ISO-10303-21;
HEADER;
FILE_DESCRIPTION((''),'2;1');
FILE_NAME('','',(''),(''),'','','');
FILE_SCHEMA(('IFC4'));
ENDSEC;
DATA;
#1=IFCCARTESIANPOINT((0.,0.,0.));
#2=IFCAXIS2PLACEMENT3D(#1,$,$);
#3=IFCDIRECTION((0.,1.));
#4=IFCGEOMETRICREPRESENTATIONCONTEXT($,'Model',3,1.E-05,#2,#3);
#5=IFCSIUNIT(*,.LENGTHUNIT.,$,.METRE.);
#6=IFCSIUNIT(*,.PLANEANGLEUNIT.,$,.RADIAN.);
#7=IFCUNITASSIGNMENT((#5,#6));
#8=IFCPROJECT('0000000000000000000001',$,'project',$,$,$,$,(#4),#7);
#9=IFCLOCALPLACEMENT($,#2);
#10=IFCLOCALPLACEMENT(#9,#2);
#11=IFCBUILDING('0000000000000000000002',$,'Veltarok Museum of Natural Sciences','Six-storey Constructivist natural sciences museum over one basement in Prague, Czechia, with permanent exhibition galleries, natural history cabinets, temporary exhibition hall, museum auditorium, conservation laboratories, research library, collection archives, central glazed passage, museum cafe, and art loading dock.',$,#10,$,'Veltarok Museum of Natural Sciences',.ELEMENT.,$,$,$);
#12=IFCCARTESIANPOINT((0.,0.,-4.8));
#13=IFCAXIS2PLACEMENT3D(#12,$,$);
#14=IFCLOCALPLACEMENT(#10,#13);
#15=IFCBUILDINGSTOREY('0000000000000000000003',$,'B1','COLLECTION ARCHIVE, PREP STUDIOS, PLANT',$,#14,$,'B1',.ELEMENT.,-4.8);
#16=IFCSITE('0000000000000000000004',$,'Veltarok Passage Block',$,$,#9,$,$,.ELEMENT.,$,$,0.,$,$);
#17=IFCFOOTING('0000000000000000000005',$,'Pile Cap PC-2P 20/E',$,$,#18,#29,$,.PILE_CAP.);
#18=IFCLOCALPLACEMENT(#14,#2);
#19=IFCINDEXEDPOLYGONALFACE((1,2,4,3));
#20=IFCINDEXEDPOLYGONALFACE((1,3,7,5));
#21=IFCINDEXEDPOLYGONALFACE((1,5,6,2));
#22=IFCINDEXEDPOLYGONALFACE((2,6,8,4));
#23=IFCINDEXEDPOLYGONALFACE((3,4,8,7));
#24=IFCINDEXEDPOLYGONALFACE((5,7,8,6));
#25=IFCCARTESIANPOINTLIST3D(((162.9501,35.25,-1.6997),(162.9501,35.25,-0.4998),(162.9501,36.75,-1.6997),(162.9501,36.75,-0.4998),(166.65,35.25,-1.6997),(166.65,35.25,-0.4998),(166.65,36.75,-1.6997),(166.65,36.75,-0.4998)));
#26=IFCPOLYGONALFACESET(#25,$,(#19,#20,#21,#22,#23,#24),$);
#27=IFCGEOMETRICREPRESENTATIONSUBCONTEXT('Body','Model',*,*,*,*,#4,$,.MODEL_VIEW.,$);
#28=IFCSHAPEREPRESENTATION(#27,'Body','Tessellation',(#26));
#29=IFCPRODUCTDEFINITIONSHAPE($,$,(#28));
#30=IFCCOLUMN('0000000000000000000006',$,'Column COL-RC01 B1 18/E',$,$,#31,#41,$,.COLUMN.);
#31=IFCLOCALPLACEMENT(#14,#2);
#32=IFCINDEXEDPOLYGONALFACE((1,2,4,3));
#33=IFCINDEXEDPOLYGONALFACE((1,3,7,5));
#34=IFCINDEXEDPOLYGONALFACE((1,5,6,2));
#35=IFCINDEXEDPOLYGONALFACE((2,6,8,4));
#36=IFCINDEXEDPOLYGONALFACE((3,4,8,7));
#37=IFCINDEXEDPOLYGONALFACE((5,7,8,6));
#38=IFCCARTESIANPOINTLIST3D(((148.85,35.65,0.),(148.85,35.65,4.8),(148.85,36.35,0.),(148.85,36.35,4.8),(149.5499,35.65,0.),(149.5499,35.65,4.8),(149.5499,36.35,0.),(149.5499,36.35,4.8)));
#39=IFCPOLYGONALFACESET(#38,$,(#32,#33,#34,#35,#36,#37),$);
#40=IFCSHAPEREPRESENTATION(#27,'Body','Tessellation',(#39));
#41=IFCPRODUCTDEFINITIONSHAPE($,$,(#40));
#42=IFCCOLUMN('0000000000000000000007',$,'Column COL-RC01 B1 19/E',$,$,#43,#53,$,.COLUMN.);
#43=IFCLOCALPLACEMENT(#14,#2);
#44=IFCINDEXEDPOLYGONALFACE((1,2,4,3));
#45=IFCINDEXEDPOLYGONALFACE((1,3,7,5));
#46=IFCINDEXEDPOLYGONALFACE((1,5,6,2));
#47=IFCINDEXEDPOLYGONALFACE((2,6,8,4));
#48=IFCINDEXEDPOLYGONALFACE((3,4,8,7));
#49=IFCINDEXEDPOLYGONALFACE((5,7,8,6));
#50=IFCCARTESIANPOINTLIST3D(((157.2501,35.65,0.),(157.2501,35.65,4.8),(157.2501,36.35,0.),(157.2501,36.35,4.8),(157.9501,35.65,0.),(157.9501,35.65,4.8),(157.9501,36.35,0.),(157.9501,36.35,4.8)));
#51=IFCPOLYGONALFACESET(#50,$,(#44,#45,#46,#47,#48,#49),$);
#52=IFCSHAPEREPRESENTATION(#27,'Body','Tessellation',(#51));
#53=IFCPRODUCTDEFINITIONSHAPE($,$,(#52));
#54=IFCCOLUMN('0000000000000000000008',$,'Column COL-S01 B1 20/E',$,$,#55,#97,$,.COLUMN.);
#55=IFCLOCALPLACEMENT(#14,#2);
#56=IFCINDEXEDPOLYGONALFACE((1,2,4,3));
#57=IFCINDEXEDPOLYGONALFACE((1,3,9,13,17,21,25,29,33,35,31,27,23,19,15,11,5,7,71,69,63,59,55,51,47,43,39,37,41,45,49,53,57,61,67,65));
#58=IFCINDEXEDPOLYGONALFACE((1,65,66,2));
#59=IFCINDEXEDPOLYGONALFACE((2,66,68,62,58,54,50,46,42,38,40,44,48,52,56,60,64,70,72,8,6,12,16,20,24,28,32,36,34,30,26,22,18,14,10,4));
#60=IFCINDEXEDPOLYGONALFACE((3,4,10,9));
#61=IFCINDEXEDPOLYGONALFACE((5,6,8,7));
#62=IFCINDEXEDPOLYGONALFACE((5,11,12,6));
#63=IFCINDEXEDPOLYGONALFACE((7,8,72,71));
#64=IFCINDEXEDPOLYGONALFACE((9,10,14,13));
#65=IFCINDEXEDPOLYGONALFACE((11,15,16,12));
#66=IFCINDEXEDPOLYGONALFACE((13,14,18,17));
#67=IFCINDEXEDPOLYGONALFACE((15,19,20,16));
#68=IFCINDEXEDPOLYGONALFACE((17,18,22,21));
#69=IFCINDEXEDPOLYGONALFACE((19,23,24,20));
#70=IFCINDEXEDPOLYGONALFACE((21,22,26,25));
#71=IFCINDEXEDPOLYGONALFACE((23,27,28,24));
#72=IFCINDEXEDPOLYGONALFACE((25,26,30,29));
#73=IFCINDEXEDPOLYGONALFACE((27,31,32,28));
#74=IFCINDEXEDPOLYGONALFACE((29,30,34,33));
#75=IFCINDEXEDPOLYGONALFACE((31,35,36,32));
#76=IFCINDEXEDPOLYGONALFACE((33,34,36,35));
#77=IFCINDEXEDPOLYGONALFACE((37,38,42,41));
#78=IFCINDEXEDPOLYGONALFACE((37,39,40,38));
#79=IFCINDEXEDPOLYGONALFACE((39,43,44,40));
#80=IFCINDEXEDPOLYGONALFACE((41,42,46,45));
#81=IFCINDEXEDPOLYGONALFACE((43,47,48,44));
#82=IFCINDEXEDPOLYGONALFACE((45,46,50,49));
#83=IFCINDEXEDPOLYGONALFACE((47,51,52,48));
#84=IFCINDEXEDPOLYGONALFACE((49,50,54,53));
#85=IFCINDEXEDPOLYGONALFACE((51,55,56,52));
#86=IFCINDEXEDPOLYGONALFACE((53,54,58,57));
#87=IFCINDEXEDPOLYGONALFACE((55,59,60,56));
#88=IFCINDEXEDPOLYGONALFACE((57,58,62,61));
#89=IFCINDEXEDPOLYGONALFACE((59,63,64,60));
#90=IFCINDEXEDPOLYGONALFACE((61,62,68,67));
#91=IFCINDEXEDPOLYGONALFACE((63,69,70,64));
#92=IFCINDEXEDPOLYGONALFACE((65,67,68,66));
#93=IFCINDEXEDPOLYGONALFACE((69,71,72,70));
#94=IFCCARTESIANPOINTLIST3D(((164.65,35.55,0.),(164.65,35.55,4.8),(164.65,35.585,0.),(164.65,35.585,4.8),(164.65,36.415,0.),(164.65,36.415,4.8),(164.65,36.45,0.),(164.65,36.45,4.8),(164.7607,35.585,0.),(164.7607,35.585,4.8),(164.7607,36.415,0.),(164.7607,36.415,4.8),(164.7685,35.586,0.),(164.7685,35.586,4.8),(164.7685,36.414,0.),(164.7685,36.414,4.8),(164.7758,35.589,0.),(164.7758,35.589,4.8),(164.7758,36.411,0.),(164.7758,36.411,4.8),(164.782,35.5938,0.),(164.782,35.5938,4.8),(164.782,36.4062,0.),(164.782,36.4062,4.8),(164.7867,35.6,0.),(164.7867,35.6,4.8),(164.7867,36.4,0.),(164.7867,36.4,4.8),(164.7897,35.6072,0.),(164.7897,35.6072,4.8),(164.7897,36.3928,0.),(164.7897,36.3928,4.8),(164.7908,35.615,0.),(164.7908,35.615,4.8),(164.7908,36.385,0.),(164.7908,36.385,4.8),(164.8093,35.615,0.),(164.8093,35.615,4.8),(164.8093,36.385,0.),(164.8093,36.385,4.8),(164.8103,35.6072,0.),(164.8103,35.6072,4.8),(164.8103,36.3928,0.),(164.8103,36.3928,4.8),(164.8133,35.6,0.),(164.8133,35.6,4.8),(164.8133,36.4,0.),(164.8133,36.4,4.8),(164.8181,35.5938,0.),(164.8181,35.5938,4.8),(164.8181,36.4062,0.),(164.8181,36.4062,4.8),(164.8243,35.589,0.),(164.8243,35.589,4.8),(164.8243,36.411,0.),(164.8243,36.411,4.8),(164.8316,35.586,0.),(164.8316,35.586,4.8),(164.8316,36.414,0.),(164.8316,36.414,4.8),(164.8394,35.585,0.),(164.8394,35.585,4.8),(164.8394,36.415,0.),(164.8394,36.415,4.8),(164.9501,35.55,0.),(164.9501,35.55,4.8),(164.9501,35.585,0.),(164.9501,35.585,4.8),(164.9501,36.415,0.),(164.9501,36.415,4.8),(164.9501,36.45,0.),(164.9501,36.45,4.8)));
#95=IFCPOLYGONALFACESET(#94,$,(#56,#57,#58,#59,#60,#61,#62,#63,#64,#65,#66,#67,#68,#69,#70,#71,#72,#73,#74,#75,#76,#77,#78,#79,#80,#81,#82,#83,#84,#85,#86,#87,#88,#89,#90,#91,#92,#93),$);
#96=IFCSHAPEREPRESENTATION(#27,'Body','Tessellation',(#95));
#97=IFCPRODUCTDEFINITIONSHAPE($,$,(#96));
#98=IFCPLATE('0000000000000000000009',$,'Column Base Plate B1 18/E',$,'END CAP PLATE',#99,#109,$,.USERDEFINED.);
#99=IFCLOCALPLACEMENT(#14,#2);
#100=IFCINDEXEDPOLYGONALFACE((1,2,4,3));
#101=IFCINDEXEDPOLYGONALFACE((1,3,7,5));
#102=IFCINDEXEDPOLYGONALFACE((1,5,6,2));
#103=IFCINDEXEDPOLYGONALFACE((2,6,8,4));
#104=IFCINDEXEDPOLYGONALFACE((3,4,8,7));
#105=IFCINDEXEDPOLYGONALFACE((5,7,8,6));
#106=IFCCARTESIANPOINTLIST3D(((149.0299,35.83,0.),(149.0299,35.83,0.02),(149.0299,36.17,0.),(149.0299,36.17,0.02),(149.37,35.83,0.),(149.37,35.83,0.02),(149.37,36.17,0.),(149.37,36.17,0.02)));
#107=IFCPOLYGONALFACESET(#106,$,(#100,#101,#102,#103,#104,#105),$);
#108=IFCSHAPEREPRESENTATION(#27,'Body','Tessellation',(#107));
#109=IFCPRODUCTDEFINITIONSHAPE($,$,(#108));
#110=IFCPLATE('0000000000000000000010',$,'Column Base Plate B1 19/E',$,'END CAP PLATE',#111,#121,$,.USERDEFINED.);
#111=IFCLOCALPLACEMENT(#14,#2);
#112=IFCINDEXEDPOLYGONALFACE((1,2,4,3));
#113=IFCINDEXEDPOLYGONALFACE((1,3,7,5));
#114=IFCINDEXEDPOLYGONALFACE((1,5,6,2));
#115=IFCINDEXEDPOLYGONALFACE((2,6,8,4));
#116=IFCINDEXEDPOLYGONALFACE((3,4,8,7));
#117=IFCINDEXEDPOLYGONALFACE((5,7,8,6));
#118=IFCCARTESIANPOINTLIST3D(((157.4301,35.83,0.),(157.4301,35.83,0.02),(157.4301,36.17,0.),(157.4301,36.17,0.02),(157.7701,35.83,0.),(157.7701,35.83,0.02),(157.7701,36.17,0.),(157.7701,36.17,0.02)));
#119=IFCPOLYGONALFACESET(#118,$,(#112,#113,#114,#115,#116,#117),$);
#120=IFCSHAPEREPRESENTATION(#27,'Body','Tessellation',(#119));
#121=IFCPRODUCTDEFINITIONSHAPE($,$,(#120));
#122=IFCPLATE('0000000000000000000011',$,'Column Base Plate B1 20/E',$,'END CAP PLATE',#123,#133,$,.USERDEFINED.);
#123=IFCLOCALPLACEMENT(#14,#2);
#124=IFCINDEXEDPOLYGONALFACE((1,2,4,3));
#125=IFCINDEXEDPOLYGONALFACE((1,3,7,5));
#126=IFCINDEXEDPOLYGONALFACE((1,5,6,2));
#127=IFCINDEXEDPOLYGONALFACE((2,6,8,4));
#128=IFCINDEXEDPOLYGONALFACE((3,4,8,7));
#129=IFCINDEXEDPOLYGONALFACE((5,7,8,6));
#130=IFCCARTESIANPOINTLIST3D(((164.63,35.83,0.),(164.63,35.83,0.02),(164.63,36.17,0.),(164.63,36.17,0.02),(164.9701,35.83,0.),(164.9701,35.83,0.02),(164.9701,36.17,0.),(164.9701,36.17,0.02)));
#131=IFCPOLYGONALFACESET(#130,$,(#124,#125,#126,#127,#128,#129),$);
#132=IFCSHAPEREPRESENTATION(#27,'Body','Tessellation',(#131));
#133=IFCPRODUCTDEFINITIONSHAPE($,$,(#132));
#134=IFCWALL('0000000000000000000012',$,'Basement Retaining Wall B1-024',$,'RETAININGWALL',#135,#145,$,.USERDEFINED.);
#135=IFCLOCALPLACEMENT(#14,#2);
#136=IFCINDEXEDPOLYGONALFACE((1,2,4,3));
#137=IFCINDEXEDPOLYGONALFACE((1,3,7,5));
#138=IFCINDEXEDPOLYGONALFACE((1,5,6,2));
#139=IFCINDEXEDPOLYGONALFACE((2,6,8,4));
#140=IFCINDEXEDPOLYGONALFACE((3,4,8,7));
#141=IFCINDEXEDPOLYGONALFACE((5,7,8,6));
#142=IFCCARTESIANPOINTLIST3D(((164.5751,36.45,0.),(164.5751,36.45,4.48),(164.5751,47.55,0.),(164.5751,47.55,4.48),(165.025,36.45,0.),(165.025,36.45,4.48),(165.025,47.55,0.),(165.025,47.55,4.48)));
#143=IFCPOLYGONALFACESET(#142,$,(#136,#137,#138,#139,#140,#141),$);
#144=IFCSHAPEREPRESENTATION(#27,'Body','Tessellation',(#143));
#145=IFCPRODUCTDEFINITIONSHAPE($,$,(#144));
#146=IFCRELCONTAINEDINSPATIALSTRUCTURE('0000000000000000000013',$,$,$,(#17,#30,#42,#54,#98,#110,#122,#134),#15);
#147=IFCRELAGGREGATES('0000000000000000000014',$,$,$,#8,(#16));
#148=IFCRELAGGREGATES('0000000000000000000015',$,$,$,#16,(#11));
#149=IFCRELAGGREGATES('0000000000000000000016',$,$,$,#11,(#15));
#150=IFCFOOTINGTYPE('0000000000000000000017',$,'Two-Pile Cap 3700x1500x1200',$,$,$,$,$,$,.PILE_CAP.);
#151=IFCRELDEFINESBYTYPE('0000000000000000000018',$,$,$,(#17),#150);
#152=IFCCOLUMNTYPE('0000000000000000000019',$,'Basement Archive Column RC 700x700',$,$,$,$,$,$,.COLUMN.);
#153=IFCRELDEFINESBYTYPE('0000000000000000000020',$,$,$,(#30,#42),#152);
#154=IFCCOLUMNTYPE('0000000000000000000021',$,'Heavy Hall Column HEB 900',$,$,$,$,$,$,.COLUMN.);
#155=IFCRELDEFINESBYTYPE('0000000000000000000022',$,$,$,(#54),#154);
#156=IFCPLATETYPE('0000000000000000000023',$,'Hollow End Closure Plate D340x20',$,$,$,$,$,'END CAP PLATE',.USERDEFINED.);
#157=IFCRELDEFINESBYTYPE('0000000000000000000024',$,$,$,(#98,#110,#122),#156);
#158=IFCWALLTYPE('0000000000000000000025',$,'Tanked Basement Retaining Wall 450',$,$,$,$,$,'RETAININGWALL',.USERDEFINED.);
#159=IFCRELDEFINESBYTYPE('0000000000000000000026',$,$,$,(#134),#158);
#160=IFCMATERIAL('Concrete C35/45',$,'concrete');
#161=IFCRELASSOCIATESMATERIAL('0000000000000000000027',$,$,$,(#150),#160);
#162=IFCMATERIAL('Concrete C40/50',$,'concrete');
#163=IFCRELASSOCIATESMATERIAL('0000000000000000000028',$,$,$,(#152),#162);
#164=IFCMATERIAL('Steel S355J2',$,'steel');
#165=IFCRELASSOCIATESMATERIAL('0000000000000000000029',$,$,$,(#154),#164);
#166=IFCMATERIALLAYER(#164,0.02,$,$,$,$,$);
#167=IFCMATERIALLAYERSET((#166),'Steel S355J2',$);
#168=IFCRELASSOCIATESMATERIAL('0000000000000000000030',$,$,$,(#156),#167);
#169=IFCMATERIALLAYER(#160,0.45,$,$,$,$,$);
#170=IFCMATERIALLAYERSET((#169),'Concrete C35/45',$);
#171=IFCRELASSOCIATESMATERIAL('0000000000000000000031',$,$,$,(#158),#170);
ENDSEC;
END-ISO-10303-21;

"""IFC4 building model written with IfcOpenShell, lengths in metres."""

from ifc_helpers import new_model, si_unit, direction, frame, frame_2d, origin, origin_2d, place, context, subcontext, project, spatial, rectangle, i_section, extrude, material, layer, layer_set, material_profile, profile_set, type_object, element, save


model = new_model("IFC4")

# Units and contexts
model_context = context("Model", 3, precision=1e-05, world=origin(), true_north=direction((0.0, 1.0)))
body_context = subcontext(model_context, "Body", "Model", "MODEL_VIEW")
ifc_project = project(units=[si_unit("LENGTHUNIT", "METRE"), si_unit("PLANEANGLEUNIT", "RADIAN")], contexts=[model_context])

# Site, building, storey
site_placement = place(None, origin())
site = spatial("IfcSite", under=ifc_project, at=site_placement, Name="Veltarok Passage Block", CompositionType="ELEMENT", RefElevation=0.0)
building_placement = place(site_placement, origin())
building = spatial("IfcBuilding", under=site, at=building_placement, Name="Veltarok Museum of Natural Sciences", Description="Six-storey Constructivist natural sciences museum over one basement in Prague, Czechia, with permanent exhibition galleries, natural history cabinets, temporary exhibition hall, museum auditorium, conservation laboratories, research library, collection archives, central glazed passage, museum cafe, and art loading dock.", LongName="Veltarok Museum of Natural Sciences", CompositionType="ELEMENT")
storey_placement = place(building_placement, frame((0.0, 0.0, -4.8)))
storey = spatial("IfcBuildingStorey", under=building, at=storey_placement, Name="B1", Description="COLLECTION ARCHIVE, PREP STUDIOS, PLANT", LongName="B1", CompositionType="ELEMENT", Elevation=-4.8)

# Shared definitions
ifc_material_1 = material(Name="Concrete C35/45", Category="concrete")

# Footing
footing_type_1 = type_object("IfcFootingType", Name="Two-Pile Cap 3700x1500x1200", PredefinedType="PILE_CAP", material=ifc_material_1)
footing_1_placement = place(storey_placement, frame((164.8, 36.0, -1.6997), z_axis=(0.0, 0.0, 1.0), x_axis=(1.0, 0.0, 0.0)))
element("IfcFooting", 1, at=footing_1_placement, inside=storey, type_object=footing_type_1, Name="Pile Cap PC-2P 20/E", PredefinedType="PILE_CAP", context=body_context, shape_type="SweptSolid", body=[
    extrude(rectangle(XDim=3.7, YDim=1.5, at=origin_2d()), origin(), (0.0, 0.0, 1.0), 1.2),
])

# Columns
ifc_material_2 = material(Name="Concrete C40/50", Category="concrete")
ifc_material_profile_1 = material_profile(ifc_material_2, rectangle(XDim=0.7, YDim=0.7, at=origin_2d()), Name="RC 700x700")
ifc_profile_set_1 = profile_set([ifc_material_profile_1], Name="Concrete C40/50")
column_type_1 = type_object("IfcColumnType", Name="Basement Archive Column RC 700x700", PredefinedType="COLUMN", material=ifc_profile_set_1)
for number, where, z_axis, x_axis, name in (
    (2, (149.2, 36.0, 0.0), (0.0, 0.0, 1.0), (1.0, 0.0, 0.0), "Column COL-RC01 B1 18/E"),
    (3, (157.6001, 36.0, 0.0), (0.0, 0.0, 1.0), (1.0, 0.0, 0.0), "Column COL-RC01 B1 19/E"),
):
    element("IfcColumn", number, at=place(storey_placement, frame(where, z_axis=z_axis, x_axis=x_axis)), inside=storey, type_object=column_type_1, Name=name, PredefinedType="COLUMN", context=body_context, shape_type="SweptSolid", body=[
        extrude(rectangle(XDim=0.7, YDim=0.7, at=origin_2d()), origin(), (0.0, 0.0, 1.0), 4.8),
    ])
ifc_material_3 = material(Name="Steel S355J2", Category="steel")
ifc_material_profile_2 = material_profile(ifc_material_3, i_section(OverallWidth=0.3, OverallDepth=0.8999, WebThickness=0.0186, FlangeThickness=0.0349, FilletRadius=0.03, at=origin_2d()), Name="HEB 900")
ifc_profile_set_2 = profile_set([ifc_material_profile_2], Name="Steel S355J2")
column_type_2 = type_object("IfcColumnType", Name="Heavy Hall Column HEB 900", PredefinedType="COLUMN", material=ifc_profile_set_2)
column_placement = place(storey_placement, frame((164.8, 36.0, 0.0), z_axis=(0.0, 0.0, 1.0), x_axis=(1.0, 0.0, 0.0)))
element("IfcColumn", 4, at=column_placement, inside=storey, type_object=column_type_2, Name="Column COL-S01 B1 20/E", PredefinedType="COLUMN", context=body_context, shape_type="SweptSolid", body=[
    extrude(i_section(OverallWidth=0.3, OverallDepth=0.8999, WebThickness=0.0186, FlangeThickness=0.0349, FilletRadius=0.03, at=origin_2d()), origin(), (0.0, 0.0, 1.0), 4.8),
])

# Plates
ifc_layer_1 = layer(ifc_material_3, 0.02)
ifc_layer_set_1 = layer_set([ifc_layer_1], Name="Steel S355J2")
plate_type = type_object("IfcPlateType", Name="Hollow End Closure Plate D340x20", ElementType="END CAP PLATE", PredefinedType="USERDEFINED", material=ifc_layer_set_1)
for number, where, z_axis, x_axis, name in (
    (5, (149.2, 36.0, 0.0), (0.0, 0.0, 1.0), (1.0, 0.0, 0.0), "Column Base Plate B1 18/E"),
    (6, (157.6001, 36.0, 0.0), (0.0, 0.0, 1.0), (1.0, 0.0, 0.0), "Column Base Plate B1 19/E"),
    (7, (164.8, 36.0, 0.0), (0.0, 0.0, 1.0), (1.0, 0.0, 0.0), "Column Base Plate B1 20/E"),
):
    element("IfcPlate", number, at=place(storey_placement, frame(where, z_axis=z_axis, x_axis=x_axis)), inside=storey, type_object=plate_type, Name=name, ObjectType="END CAP PLATE", PredefinedType="USERDEFINED", context=body_context, shape_type="SweptSolid", body=[
        extrude(rectangle(XDim=0.3401, YDim=0.3401, at=origin_2d()), origin(), (0.0, 0.0, 1.0), 0.02),
    ])

# Wall
ifc_layer_2 = layer(ifc_material_1, 0.45)
ifc_layer_set_2 = layer_set([ifc_layer_2], Name="Concrete C35/45")
wall_type = type_object("IfcWallType", Name="Tanked Basement Retaining Wall 450", ElementType="RETAININGWALL", PredefinedType="USERDEFINED", material=ifc_layer_set_2)
wall_placement = place(storey_placement, frame((164.8, 47.55, 0.0), z_axis=(0.0, 0.0, 1.0), x_axis=(0.0, -1.0, 0.0)))
element("IfcWall", 8, at=wall_placement, inside=storey, type_object=wall_type, Name="Basement Retaining Wall B1-024", ObjectType="RETAININGWALL", PredefinedType="USERDEFINED", context=body_context, shape_type="SweptSolid", body=[
    extrude(rectangle(XDim=11.1001, YDim=0.45, at=frame_2d((5.55, 0.0))), origin(), (0.0, 0.0, 1.0), 4.48),
])

save(model, "model.ifc")
